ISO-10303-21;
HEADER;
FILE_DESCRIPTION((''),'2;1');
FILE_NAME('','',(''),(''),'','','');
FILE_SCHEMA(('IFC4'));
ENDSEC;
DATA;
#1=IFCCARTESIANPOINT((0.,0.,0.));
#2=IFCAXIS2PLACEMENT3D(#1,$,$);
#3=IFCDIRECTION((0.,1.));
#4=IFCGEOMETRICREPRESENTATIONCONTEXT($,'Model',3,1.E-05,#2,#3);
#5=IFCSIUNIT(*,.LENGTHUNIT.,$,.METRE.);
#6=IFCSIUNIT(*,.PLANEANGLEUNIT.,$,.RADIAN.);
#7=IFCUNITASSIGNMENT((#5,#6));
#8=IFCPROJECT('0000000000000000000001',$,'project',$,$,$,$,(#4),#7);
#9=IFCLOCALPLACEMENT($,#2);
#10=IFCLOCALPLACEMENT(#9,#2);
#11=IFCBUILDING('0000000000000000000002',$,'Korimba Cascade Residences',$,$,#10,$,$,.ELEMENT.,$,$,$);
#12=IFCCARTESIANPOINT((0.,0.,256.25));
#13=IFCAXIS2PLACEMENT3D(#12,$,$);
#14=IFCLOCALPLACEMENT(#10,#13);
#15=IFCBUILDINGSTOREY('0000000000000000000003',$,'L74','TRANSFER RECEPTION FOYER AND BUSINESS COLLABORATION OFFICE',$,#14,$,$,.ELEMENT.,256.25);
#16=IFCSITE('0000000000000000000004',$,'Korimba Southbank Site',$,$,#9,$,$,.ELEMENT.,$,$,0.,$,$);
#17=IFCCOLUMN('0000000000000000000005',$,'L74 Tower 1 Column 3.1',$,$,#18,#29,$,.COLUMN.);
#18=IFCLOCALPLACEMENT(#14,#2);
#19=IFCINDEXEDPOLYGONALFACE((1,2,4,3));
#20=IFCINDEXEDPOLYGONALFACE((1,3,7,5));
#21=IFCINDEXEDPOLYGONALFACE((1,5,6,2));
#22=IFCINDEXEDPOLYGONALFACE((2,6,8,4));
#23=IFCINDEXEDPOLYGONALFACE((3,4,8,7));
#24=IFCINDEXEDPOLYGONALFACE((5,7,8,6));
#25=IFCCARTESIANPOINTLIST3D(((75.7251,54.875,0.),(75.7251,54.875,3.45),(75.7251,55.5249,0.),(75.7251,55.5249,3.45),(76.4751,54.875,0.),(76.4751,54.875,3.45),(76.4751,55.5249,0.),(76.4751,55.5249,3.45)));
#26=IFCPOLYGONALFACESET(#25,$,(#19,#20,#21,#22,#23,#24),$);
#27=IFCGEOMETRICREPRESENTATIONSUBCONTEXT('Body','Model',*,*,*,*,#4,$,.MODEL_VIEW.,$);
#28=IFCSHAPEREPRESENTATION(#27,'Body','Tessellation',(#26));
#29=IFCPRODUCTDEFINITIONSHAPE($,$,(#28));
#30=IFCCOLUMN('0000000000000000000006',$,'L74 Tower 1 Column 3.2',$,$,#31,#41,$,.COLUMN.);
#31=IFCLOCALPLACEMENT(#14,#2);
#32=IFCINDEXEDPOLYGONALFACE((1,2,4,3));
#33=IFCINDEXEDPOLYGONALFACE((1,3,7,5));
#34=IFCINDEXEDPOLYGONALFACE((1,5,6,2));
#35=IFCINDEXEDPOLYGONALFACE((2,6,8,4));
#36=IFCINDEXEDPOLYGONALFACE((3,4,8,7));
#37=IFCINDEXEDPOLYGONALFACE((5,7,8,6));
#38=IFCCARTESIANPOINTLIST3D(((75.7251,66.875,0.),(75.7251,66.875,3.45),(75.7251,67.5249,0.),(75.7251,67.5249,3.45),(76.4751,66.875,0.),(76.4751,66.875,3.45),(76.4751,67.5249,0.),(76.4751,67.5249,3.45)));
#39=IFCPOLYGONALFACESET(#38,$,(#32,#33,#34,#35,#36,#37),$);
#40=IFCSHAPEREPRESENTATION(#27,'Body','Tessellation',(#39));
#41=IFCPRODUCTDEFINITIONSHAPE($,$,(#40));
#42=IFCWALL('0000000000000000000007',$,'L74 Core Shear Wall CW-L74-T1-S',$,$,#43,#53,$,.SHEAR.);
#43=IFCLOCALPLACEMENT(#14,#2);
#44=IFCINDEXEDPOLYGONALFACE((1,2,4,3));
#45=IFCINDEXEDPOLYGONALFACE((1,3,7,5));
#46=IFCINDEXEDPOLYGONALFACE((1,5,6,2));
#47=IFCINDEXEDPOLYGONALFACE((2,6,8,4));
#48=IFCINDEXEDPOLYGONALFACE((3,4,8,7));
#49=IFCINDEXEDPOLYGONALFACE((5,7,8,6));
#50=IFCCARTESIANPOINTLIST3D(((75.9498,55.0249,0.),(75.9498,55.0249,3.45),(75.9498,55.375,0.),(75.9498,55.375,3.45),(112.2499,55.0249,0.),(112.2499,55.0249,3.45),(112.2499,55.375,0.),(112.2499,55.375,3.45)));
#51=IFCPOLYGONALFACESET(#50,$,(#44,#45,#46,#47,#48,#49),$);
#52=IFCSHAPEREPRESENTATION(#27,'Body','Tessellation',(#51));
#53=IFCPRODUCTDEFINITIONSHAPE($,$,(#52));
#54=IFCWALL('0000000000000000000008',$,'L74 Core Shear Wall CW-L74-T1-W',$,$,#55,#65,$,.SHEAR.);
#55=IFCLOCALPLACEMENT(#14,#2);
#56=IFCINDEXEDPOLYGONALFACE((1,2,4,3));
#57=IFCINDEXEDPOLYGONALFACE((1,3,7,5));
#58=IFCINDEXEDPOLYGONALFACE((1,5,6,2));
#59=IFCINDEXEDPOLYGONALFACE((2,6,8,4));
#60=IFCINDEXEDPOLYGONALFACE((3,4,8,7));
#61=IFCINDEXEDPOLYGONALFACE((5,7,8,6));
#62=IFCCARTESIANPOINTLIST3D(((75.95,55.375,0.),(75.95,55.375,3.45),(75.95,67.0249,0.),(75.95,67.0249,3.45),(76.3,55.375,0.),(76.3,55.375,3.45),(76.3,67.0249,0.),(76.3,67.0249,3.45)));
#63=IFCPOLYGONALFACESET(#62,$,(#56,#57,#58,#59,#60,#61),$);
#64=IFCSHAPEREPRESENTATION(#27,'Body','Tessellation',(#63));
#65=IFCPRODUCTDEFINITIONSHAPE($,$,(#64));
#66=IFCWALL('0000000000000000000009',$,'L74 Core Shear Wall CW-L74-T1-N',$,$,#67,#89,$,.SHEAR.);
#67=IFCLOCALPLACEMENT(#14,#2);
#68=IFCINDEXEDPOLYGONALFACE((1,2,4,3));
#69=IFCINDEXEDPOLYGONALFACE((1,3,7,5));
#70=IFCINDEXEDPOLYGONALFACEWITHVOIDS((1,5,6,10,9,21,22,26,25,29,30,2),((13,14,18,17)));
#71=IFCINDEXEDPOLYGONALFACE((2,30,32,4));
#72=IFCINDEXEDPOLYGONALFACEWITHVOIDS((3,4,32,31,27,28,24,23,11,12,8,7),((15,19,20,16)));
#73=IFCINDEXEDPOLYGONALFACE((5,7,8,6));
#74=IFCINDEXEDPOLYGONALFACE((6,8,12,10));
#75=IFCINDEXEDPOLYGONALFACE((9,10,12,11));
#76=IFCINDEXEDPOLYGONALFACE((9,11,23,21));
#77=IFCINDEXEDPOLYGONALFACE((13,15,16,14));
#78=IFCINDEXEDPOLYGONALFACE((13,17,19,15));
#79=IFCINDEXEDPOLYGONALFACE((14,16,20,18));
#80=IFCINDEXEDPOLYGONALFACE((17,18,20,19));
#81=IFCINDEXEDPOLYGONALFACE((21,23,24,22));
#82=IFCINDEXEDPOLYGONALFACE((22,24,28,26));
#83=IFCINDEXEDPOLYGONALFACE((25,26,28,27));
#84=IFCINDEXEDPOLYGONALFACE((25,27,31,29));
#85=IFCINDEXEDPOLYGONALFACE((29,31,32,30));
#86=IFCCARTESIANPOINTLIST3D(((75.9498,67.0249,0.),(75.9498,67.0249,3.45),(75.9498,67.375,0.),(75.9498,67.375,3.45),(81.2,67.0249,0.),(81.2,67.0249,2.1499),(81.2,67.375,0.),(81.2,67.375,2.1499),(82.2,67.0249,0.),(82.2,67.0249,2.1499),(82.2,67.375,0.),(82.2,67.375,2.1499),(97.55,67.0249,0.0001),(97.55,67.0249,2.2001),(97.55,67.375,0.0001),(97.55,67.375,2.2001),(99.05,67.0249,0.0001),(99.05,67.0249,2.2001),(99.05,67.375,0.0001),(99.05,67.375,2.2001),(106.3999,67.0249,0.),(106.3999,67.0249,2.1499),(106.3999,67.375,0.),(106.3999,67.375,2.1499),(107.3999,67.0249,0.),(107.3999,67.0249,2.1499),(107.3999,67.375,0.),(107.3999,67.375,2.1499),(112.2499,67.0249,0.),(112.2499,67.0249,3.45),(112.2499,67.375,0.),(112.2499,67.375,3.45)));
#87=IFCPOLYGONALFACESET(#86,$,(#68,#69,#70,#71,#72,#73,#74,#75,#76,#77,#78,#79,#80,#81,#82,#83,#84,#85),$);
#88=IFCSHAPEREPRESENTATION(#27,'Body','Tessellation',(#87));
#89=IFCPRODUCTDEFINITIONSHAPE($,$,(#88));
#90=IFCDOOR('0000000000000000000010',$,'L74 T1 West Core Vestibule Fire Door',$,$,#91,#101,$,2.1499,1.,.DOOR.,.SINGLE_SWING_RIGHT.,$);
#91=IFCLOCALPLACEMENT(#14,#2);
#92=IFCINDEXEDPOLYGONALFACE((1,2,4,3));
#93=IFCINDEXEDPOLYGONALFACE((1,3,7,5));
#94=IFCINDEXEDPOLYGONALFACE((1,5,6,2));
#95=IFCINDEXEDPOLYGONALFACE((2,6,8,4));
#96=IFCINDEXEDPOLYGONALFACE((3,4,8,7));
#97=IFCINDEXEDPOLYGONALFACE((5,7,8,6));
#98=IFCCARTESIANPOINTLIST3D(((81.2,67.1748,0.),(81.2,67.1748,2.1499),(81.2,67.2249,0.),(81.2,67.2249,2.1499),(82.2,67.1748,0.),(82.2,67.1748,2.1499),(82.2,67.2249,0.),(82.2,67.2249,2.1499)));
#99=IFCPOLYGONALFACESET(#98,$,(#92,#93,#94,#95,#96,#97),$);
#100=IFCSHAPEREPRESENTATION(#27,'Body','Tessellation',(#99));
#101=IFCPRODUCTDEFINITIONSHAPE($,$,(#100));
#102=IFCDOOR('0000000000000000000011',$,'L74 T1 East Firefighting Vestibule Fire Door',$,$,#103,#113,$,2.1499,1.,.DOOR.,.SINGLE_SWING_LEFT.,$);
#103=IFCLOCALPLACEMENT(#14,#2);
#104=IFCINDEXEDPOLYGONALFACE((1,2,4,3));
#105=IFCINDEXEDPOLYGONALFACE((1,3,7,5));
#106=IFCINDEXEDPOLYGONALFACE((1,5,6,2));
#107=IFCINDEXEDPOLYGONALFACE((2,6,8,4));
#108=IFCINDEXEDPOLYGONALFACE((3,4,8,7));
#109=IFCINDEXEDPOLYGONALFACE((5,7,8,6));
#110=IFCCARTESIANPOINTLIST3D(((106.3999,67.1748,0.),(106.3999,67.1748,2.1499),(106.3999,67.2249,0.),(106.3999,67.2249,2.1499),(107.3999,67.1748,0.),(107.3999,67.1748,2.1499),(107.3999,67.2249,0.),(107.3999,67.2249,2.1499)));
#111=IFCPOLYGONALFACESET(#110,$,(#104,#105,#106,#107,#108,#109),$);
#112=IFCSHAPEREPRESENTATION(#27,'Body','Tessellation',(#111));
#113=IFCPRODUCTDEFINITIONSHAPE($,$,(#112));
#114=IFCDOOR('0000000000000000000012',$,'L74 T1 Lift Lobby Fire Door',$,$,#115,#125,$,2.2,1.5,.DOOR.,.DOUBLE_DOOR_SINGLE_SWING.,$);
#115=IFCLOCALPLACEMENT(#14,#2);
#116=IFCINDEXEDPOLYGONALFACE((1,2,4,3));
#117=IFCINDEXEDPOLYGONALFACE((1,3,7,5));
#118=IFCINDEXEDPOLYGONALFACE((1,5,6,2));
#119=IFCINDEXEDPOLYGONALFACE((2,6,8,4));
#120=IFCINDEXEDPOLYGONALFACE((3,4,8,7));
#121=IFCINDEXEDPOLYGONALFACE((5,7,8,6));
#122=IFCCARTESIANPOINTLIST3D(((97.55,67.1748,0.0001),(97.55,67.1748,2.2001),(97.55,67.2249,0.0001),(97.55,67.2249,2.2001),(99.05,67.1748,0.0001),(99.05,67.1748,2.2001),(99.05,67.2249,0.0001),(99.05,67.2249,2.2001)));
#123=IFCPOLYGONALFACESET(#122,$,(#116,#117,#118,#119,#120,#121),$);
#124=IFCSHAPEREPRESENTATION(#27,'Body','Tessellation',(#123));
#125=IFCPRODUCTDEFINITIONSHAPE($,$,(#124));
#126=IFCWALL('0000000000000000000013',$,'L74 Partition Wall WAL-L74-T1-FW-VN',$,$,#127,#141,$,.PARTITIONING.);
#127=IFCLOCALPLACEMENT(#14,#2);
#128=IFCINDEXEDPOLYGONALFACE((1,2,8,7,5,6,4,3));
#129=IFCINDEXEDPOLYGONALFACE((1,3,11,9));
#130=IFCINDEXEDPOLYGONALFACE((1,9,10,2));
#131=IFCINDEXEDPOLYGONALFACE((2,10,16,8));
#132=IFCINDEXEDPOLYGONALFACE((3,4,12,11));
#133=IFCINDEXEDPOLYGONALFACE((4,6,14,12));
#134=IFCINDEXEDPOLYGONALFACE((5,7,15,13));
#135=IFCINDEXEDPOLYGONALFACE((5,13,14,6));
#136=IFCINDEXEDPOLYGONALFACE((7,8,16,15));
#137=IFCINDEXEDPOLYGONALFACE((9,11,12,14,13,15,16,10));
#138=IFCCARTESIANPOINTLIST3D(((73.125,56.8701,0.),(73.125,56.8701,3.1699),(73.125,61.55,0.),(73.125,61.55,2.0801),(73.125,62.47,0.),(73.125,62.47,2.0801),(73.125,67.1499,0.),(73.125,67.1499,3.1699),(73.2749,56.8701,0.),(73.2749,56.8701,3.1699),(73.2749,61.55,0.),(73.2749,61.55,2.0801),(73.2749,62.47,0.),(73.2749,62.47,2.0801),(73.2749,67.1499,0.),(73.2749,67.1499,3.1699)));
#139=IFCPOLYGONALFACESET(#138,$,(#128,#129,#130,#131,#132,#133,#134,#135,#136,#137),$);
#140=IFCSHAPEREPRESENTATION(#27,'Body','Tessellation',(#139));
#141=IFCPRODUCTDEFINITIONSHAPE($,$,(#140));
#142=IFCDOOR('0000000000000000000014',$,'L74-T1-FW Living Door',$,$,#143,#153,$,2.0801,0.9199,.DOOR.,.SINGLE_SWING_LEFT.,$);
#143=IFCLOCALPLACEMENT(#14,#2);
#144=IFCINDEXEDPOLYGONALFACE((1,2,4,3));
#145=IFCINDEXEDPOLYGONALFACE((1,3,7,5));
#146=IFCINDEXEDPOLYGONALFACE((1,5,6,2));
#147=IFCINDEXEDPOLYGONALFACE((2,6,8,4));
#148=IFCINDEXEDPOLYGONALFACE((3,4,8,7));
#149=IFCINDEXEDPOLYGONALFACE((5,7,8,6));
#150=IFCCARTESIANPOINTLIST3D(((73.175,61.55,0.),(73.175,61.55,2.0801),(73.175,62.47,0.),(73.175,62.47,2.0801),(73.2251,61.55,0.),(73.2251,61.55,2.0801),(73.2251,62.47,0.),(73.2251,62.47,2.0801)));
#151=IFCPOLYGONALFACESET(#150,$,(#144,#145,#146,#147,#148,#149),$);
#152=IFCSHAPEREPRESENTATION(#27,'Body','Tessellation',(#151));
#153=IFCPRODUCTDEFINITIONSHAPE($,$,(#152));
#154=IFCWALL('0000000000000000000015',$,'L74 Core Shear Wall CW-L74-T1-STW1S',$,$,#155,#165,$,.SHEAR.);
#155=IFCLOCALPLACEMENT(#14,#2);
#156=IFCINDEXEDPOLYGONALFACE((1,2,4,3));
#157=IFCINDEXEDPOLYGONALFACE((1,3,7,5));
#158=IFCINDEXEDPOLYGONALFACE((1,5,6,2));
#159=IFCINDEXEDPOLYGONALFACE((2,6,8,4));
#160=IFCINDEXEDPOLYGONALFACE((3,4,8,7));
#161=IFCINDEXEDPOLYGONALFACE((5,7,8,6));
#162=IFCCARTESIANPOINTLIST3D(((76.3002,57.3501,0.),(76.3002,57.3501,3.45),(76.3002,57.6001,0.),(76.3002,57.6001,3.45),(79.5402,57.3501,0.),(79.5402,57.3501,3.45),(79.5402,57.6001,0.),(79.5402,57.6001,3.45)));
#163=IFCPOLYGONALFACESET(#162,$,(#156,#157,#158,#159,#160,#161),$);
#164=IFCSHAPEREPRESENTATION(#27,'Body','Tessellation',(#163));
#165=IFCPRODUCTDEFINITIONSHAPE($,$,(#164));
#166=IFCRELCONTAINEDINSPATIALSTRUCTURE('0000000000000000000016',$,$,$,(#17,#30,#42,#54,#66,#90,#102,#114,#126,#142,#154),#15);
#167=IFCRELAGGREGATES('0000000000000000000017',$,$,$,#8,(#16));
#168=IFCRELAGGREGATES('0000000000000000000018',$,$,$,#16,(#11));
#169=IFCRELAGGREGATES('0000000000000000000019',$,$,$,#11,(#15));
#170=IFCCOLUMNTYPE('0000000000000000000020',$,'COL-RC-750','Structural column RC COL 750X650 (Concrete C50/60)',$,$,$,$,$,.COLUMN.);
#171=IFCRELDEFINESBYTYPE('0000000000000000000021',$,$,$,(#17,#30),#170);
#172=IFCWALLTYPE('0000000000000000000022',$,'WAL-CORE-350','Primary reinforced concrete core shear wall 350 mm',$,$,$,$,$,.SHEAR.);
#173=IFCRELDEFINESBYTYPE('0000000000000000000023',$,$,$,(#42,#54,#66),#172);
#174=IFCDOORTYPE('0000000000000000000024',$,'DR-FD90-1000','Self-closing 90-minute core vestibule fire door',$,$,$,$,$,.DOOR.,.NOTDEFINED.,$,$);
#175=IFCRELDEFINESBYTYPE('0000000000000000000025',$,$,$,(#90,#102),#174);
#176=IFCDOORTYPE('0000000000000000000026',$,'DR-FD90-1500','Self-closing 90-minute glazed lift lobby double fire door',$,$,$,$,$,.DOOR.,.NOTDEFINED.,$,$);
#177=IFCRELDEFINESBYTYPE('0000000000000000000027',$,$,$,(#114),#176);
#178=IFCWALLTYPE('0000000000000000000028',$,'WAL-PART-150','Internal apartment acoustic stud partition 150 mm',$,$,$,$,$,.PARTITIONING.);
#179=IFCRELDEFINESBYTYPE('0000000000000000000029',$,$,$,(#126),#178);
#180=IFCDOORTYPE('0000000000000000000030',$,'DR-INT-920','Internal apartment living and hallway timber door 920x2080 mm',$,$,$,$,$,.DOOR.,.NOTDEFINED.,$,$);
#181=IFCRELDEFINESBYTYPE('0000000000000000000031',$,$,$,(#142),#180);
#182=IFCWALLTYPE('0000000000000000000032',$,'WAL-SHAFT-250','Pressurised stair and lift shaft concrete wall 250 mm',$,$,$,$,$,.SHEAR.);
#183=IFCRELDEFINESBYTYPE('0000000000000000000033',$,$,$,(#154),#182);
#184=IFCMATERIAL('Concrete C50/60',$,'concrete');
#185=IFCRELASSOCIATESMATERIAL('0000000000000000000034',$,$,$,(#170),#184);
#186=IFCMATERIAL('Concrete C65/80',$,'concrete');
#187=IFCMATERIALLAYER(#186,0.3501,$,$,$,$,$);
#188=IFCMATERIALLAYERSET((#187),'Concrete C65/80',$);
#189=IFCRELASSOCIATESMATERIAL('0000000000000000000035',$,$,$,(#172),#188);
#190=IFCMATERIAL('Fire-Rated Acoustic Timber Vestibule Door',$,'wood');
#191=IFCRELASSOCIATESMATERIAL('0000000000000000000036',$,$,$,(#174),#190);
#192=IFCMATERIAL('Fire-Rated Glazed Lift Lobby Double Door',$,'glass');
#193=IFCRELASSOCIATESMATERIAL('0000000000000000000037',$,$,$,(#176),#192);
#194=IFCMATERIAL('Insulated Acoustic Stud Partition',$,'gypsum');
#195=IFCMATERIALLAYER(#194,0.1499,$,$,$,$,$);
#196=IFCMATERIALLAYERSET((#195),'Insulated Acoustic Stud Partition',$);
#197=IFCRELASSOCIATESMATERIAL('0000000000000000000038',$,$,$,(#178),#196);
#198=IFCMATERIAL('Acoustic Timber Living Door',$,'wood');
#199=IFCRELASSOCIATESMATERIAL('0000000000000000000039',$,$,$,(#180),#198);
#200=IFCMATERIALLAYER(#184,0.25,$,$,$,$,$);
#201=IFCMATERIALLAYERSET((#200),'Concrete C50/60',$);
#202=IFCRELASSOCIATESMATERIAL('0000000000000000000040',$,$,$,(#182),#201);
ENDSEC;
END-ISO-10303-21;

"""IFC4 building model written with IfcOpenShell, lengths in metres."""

from ifc_helpers import new_model, si_unit, direction, frame, frame_2d, origin, origin_2d, place, context, subcontext, project, spatial, rectangle, extrude, material, layer, layer_set, material_profile, profile_set, type_object, element, fill, save


model = new_model("IFC4")

# Units and contexts
model_context = context("Model", 3, precision=1e-05, world=origin(), true_north=direction((0.0, 1.0)))
body_context = subcontext(model_context, "Body", "Model", "MODEL_VIEW")
ifc_project = project(units=[si_unit("LENGTHUNIT", "METRE"), si_unit("PLANEANGLEUNIT", "RADIAN")], contexts=[model_context])

# Site, building, storey
site_placement = place(None, origin())
site = spatial("IfcSite", under=ifc_project, at=site_placement, Name="Korimba Southbank Site", CompositionType="ELEMENT", RefElevation=0.0)
building_placement = place(site_placement, origin())
building = spatial("IfcBuilding", under=site, at=building_placement, Name="Korimba Cascade Residences", CompositionType="ELEMENT")
storey_placement = place(building_placement, frame((0.0, 0.0, 256.25)))
storey = spatial("IfcBuildingStorey", under=building, at=storey_placement, Name="L74", Description="TRANSFER RECEPTION FOYER AND BUSINESS COLLABORATION OFFICE", CompositionType="ELEMENT", Elevation=256.25)

# Columns
ifc_material_1 = material(Name="Concrete C50/60", Category="concrete")
ifc_material_profile = material_profile(ifc_material_1, rectangle(XDim=0.75, YDim=0.6499, at=origin_2d()), Name="Concrete C50/60")
ifc_profile_set = profile_set([ifc_material_profile], Name="Concrete C50/60")
column_type = type_object("IfcColumnType", Name="COL-RC-750", Description="Structural column RC COL 750X650 (Concrete C50/60)", PredefinedType="COLUMN", material=ifc_profile_set)
for number, where, z_axis, x_axis, name in (
    (1, (76.1001, 55.2, 0.0), (0.0, 0.0, 1.0), (1.0, 0.0, 0.0), "L74 Tower 1 Column 3.1"),
    (2, (76.1001, 67.2, 0.0), (0.0, 0.0, 1.0), (1.0, 0.0, 0.0), "L74 Tower 1 Column 3.2"),
):
    element("IfcColumn", number, at=place(storey_placement, frame(where, z_axis=z_axis, x_axis=x_axis)), inside=storey, type_object=column_type, Name=name, PredefinedType="COLUMN", context=body_context, shape_type="SweptSolid", body=[
        extrude(rectangle(XDim=0.75, YDim=0.6499, at=origin_2d()), origin(), (0.0, 0.0, 1.0), 3.45),
    ])

# Walls
ifc_material_2 = material(Name="Concrete C65/80", Category="concrete")
ifc_layer_1 = layer(ifc_material_2, 0.3501)
ifc_layer_set_1 = layer_set([ifc_layer_1], Name="Concrete C65/80")
wall_type_1 = type_object("IfcWallType", Name="WAL-CORE-350", Description="Primary reinforced concrete core shear wall 350 mm", PredefinedType="SHEAR", material=ifc_layer_set_1)
wall_1_placement = place(storey_placement, frame((75.95, 55.2, 0.0), z_axis=(0.0, 0.0, 1.0), x_axis=(1.0, 0.0, 0.0)))
element("IfcWall", 3, at=wall_1_placement, inside=storey, type_object=wall_type_1, Name="L74 Core Shear Wall CW-L74-T1-S", PredefinedType="SHEAR", context=body_context, shape_type="SweptSolid", body=[
    extrude(rectangle(XDim=36.3, YDim=0.3501, at=frame_2d((18.1499, 0.0))), origin(), (0.0, 0.0, 1.0), 3.45),
])
wall_2_placement = place(storey_placement, frame((76.125, 55.375, 0.0), z_axis=(0.0, 0.0, 1.0), x_axis=(0.0, 1.0, 0.0)))
element("IfcWall", 4, at=wall_2_placement, inside=storey, type_object=wall_type_1, Name="L74 Core Shear Wall CW-L74-T1-W", PredefinedType="SHEAR", context=body_context, shape_type="SweptSolid", body=[
    extrude(rectangle(XDim=11.6499, YDim=0.3501, at=frame_2d((5.825, 0.0))), origin(), (0.0, 0.0, 1.0), 3.45),
])

# Wall, openings, doors
wall_3_placement = place(storey_placement, frame((75.95, 67.2, 0.0), z_axis=(0.0, 0.0, 1.0), x_axis=(1.0, 0.0, 0.0)))
wall_3 = element("IfcWall", 5, at=wall_3_placement, inside=storey, type_object=wall_type_1, Name="L74 Core Shear Wall CW-L74-T1-N", PredefinedType="SHEAR", context=body_context, shape_type="SweptSolid", body=[
    extrude(rectangle(XDim=36.3, YDim=0.3501, at=frame_2d((18.1499, 0.0))), origin(), (0.0, 0.0, 1.0), 3.45),
])
opening_1_placement = place(wall_3_placement, frame((5.25, 0.0, 0.0)))
opening_1 = element("IfcOpeningElement", 6, at=opening_1_placement, cuts=wall_3, PredefinedType="OPENING", context=body_context, shape_type="SweptSolid", body=[
    extrude(rectangle(XDim=1.0, YDim=2.1499, at=frame_2d((0.5, 1.075))), frame((0.0, 0.1851, 0.0), z_axis=(0.0, -1.0, 0.0), x_axis=(1.0, 0.0, 0.0)), (0.0, 0.0, 1.0), 0.3701),
])
opening_2_placement = place(wall_3_placement, frame((21.6001, 0.0, 0.0)))
opening_2 = element("IfcOpeningElement", 7, at=opening_2_placement, cuts=wall_3, PredefinedType="OPENING", context=body_context, shape_type="SweptSolid", body=[
    extrude(rectangle(XDim=1.5, YDim=2.2, at=frame_2d((0.75, 1.1001))), frame((0.0, 0.1851, 0.0), z_axis=(0.0, -1.0, 0.0), x_axis=(1.0, 0.0, 0.0)), (0.0, 0.0, 1.0), 0.3701),
])
opening_3_placement = place(wall_3_placement, frame((30.45, 0.0, 0.0)))
opening_3 = element("IfcOpeningElement", 8, at=opening_3_placement, cuts=wall_3, PredefinedType="OPENING", context=body_context, shape_type="SweptSolid", body=[
    extrude(rectangle(XDim=1.0, YDim=2.1499, at=frame_2d((0.5, 1.075))), frame((0.0, 0.1851, 0.0), z_axis=(0.0, -1.0, 0.0), x_axis=(1.0, 0.0, 0.0)), (0.0, 0.0, 1.0), 0.3701),
])
ifc_material_3 = material(Name="Fire-Rated Acoustic Timber Vestibule Door", Category="wood")
door_type_1 = type_object("IfcDoorType", Name="DR-FD90-1000", Description="Self-closing 90-minute core vestibule fire door", OperationType="NOTDEFINED", PredefinedType="DOOR", material=ifc_material_3)
door_1_placement = place(opening_1_placement, origin())
door_1 = element("IfcDoor", 9, at=door_1_placement, inside=storey, type_object=door_type_1, Name="L74 T1 West Core Vestibule Fire Door", OperationType="SINGLE_SWING_RIGHT", OverallHeight=2.1499, OverallWidth=1.0, PredefinedType="DOOR", context=body_context, shape_type="SweptSolid", body=[
    extrude(rectangle(XDim=1.0, YDim=2.1499, at=frame_2d((0.5, 1.075))), frame((0.0, 0.0249, 0.0), z_axis=(0.0, -1.0, 0.0), x_axis=(1.0, 0.0, 0.0)), (0.0, 0.0, 1.0), 0.05),
])
fill(opening_1, door_1)
door_2_placement = place(opening_3_placement, origin())
door_2 = element("IfcDoor", 10, at=door_2_placement, inside=storey, type_object=door_type_1, Name="L74 T1 East Firefighting Vestibule Fire Door", OperationType="SINGLE_SWING_LEFT", OverallHeight=2.1499, OverallWidth=1.0, PredefinedType="DOOR", context=body_context, shape_type="SweptSolid", body=[
    extrude(rectangle(XDim=1.0, YDim=2.1499, at=frame_2d((0.5, 1.075))), frame((0.0, 0.0249, 0.0), z_axis=(0.0, -1.0, 0.0), x_axis=(1.0, 0.0, 0.0)), (0.0, 0.0, 1.0), 0.05),
])
fill(opening_3, door_2)
ifc_material_4 = material(Name="Fire-Rated Glazed Lift Lobby Double Door", Category="glass")
door_type_2 = type_object("IfcDoorType", Name="DR-FD90-1500", Description="Self-closing 90-minute glazed lift lobby double fire door", OperationType="NOTDEFINED", PredefinedType="DOOR", material=ifc_material_4)
door_3_placement = place(opening_2_placement, origin())
door_3 = element("IfcDoor", 11, at=door_3_placement, inside=storey, type_object=door_type_2, Name="L74 T1 Lift Lobby Fire Door", OperationType="DOUBLE_DOOR_SINGLE_SWING", OverallHeight=2.2, OverallWidth=1.5, PredefinedType="DOOR", context=body_context, shape_type="SweptSolid", body=[
    extrude(rectangle(XDim=1.5, YDim=2.2, at=frame_2d((0.75, 1.1001))), frame((0.0, 0.0249, 0.0), z_axis=(0.0, -1.0, 0.0), x_axis=(1.0, 0.0, 0.0)), (0.0, 0.0, 1.0), 0.05),
])
fill(opening_2, door_3)

# Wall, opening, door
ifc_material_5 = material(Name="Insulated Acoustic Stud Partition", Category="gypsum")
ifc_layer_2 = layer(ifc_material_5, 0.1499)
ifc_layer_set_2 = layer_set([ifc_layer_2], Name="Insulated Acoustic Stud Partition")
wall_type_2 = type_object("IfcWallType", Name="WAL-PART-150", Description="Internal apartment acoustic stud partition 150 mm", PredefinedType="PARTITIONING", material=ifc_layer_set_2)
wall_4_placement = place(storey_placement, frame((73.2, 56.8701, 0.0), z_axis=(0.0, 0.0, 1.0), x_axis=(0.0, 1.0, 0.0)))
wall_4 = element("IfcWall", 12, at=wall_4_placement, inside=storey, type_object=wall_type_2, Name="L74 Partition Wall WAL-L74-T1-FW-VN", PredefinedType="PARTITIONING", context=body_context, shape_type="SweptSolid", body=[
    extrude(rectangle(XDim=10.2798, YDim=0.1499, at=frame_2d((5.1399, 0.0))), origin(), (0.0, 0.0, 1.0), 3.1699),
])
opening_4_placement = place(wall_4_placement, frame((4.6799, 0.0, 0.0)))
opening_4 = element("IfcOpeningElement", 13, at=opening_4_placement, cuts=wall_4, PredefinedType="OPENING", context=body_context, shape_type="SweptSolid", body=[
    extrude(rectangle(XDim=0.9199, YDim=2.0801, at=frame_2d((0.46, 1.04))), frame((0.0, 0.085, 0.0), z_axis=(0.0, -1.0, 0.0), x_axis=(1.0, 0.0, 0.0)), (0.0, 0.0, 1.0), 0.1699),
])
ifc_material_6 = material(Name="Acoustic Timber Living Door", Category="wood")
door_type_3 = type_object("IfcDoorType", Name="DR-INT-920", Description="Internal apartment living and hallway timber door 920x2080 mm", OperationType="NOTDEFINED", PredefinedType="DOOR", material=ifc_material_6)
door_4_placement = place(opening_4_placement, origin())
door_4 = element("IfcDoor", 14, at=door_4_placement, inside=storey, type_object=door_type_3, Name="L74-T1-FW Living Door", OperationType="SINGLE_SWING_LEFT", OverallHeight=2.0801, OverallWidth=0.9199, PredefinedType="DOOR", context=body_context, shape_type="SweptSolid", body=[
    extrude(rectangle(XDim=0.9199, YDim=2.0801, at=frame_2d((0.46, 1.04))), frame((0.0, 0.0249, 0.0), z_axis=(0.0, -1.0, 0.0), x_axis=(1.0, 0.0, 0.0)), (0.0, 0.0, 1.0), 0.05),
])
fill(opening_4, door_4)

# Wall
ifc_layer_3 = layer(ifc_material_1, 0.25)
ifc_layer_set_3 = layer_set([ifc_layer_3], Name="Concrete C50/60")
wall_type_3 = type_object("IfcWallType", Name="WAL-SHAFT-250", Description="Pressurised stair and lift shaft concrete wall 250 mm", PredefinedType="SHEAR", material=ifc_layer_set_3)
for number, where, z_axis, x_axis, name in (
    (15, (76.3, 57.4751, 0.0), (0.0, 0.0, 1.0), (1.0, 0.0, 0.0), "L74 Core Shear Wall CW-L74-T1-STW1S"),
):
    element("IfcWall", number, at=place(storey_placement, frame(where, z_axis=z_axis, x_axis=x_axis)), inside=storey, type_object=wall_type_3, Name=name, PredefinedType="SHEAR", context=body_context, shape_type="SweptSolid", body=[
        extrude(rectangle(XDim=3.24, YDim=0.25, at=frame_2d((1.6201, 0.0))), origin(), (0.0, 0.0, 1.0), 3.45),
    ])

save(model, "model.ifc")
